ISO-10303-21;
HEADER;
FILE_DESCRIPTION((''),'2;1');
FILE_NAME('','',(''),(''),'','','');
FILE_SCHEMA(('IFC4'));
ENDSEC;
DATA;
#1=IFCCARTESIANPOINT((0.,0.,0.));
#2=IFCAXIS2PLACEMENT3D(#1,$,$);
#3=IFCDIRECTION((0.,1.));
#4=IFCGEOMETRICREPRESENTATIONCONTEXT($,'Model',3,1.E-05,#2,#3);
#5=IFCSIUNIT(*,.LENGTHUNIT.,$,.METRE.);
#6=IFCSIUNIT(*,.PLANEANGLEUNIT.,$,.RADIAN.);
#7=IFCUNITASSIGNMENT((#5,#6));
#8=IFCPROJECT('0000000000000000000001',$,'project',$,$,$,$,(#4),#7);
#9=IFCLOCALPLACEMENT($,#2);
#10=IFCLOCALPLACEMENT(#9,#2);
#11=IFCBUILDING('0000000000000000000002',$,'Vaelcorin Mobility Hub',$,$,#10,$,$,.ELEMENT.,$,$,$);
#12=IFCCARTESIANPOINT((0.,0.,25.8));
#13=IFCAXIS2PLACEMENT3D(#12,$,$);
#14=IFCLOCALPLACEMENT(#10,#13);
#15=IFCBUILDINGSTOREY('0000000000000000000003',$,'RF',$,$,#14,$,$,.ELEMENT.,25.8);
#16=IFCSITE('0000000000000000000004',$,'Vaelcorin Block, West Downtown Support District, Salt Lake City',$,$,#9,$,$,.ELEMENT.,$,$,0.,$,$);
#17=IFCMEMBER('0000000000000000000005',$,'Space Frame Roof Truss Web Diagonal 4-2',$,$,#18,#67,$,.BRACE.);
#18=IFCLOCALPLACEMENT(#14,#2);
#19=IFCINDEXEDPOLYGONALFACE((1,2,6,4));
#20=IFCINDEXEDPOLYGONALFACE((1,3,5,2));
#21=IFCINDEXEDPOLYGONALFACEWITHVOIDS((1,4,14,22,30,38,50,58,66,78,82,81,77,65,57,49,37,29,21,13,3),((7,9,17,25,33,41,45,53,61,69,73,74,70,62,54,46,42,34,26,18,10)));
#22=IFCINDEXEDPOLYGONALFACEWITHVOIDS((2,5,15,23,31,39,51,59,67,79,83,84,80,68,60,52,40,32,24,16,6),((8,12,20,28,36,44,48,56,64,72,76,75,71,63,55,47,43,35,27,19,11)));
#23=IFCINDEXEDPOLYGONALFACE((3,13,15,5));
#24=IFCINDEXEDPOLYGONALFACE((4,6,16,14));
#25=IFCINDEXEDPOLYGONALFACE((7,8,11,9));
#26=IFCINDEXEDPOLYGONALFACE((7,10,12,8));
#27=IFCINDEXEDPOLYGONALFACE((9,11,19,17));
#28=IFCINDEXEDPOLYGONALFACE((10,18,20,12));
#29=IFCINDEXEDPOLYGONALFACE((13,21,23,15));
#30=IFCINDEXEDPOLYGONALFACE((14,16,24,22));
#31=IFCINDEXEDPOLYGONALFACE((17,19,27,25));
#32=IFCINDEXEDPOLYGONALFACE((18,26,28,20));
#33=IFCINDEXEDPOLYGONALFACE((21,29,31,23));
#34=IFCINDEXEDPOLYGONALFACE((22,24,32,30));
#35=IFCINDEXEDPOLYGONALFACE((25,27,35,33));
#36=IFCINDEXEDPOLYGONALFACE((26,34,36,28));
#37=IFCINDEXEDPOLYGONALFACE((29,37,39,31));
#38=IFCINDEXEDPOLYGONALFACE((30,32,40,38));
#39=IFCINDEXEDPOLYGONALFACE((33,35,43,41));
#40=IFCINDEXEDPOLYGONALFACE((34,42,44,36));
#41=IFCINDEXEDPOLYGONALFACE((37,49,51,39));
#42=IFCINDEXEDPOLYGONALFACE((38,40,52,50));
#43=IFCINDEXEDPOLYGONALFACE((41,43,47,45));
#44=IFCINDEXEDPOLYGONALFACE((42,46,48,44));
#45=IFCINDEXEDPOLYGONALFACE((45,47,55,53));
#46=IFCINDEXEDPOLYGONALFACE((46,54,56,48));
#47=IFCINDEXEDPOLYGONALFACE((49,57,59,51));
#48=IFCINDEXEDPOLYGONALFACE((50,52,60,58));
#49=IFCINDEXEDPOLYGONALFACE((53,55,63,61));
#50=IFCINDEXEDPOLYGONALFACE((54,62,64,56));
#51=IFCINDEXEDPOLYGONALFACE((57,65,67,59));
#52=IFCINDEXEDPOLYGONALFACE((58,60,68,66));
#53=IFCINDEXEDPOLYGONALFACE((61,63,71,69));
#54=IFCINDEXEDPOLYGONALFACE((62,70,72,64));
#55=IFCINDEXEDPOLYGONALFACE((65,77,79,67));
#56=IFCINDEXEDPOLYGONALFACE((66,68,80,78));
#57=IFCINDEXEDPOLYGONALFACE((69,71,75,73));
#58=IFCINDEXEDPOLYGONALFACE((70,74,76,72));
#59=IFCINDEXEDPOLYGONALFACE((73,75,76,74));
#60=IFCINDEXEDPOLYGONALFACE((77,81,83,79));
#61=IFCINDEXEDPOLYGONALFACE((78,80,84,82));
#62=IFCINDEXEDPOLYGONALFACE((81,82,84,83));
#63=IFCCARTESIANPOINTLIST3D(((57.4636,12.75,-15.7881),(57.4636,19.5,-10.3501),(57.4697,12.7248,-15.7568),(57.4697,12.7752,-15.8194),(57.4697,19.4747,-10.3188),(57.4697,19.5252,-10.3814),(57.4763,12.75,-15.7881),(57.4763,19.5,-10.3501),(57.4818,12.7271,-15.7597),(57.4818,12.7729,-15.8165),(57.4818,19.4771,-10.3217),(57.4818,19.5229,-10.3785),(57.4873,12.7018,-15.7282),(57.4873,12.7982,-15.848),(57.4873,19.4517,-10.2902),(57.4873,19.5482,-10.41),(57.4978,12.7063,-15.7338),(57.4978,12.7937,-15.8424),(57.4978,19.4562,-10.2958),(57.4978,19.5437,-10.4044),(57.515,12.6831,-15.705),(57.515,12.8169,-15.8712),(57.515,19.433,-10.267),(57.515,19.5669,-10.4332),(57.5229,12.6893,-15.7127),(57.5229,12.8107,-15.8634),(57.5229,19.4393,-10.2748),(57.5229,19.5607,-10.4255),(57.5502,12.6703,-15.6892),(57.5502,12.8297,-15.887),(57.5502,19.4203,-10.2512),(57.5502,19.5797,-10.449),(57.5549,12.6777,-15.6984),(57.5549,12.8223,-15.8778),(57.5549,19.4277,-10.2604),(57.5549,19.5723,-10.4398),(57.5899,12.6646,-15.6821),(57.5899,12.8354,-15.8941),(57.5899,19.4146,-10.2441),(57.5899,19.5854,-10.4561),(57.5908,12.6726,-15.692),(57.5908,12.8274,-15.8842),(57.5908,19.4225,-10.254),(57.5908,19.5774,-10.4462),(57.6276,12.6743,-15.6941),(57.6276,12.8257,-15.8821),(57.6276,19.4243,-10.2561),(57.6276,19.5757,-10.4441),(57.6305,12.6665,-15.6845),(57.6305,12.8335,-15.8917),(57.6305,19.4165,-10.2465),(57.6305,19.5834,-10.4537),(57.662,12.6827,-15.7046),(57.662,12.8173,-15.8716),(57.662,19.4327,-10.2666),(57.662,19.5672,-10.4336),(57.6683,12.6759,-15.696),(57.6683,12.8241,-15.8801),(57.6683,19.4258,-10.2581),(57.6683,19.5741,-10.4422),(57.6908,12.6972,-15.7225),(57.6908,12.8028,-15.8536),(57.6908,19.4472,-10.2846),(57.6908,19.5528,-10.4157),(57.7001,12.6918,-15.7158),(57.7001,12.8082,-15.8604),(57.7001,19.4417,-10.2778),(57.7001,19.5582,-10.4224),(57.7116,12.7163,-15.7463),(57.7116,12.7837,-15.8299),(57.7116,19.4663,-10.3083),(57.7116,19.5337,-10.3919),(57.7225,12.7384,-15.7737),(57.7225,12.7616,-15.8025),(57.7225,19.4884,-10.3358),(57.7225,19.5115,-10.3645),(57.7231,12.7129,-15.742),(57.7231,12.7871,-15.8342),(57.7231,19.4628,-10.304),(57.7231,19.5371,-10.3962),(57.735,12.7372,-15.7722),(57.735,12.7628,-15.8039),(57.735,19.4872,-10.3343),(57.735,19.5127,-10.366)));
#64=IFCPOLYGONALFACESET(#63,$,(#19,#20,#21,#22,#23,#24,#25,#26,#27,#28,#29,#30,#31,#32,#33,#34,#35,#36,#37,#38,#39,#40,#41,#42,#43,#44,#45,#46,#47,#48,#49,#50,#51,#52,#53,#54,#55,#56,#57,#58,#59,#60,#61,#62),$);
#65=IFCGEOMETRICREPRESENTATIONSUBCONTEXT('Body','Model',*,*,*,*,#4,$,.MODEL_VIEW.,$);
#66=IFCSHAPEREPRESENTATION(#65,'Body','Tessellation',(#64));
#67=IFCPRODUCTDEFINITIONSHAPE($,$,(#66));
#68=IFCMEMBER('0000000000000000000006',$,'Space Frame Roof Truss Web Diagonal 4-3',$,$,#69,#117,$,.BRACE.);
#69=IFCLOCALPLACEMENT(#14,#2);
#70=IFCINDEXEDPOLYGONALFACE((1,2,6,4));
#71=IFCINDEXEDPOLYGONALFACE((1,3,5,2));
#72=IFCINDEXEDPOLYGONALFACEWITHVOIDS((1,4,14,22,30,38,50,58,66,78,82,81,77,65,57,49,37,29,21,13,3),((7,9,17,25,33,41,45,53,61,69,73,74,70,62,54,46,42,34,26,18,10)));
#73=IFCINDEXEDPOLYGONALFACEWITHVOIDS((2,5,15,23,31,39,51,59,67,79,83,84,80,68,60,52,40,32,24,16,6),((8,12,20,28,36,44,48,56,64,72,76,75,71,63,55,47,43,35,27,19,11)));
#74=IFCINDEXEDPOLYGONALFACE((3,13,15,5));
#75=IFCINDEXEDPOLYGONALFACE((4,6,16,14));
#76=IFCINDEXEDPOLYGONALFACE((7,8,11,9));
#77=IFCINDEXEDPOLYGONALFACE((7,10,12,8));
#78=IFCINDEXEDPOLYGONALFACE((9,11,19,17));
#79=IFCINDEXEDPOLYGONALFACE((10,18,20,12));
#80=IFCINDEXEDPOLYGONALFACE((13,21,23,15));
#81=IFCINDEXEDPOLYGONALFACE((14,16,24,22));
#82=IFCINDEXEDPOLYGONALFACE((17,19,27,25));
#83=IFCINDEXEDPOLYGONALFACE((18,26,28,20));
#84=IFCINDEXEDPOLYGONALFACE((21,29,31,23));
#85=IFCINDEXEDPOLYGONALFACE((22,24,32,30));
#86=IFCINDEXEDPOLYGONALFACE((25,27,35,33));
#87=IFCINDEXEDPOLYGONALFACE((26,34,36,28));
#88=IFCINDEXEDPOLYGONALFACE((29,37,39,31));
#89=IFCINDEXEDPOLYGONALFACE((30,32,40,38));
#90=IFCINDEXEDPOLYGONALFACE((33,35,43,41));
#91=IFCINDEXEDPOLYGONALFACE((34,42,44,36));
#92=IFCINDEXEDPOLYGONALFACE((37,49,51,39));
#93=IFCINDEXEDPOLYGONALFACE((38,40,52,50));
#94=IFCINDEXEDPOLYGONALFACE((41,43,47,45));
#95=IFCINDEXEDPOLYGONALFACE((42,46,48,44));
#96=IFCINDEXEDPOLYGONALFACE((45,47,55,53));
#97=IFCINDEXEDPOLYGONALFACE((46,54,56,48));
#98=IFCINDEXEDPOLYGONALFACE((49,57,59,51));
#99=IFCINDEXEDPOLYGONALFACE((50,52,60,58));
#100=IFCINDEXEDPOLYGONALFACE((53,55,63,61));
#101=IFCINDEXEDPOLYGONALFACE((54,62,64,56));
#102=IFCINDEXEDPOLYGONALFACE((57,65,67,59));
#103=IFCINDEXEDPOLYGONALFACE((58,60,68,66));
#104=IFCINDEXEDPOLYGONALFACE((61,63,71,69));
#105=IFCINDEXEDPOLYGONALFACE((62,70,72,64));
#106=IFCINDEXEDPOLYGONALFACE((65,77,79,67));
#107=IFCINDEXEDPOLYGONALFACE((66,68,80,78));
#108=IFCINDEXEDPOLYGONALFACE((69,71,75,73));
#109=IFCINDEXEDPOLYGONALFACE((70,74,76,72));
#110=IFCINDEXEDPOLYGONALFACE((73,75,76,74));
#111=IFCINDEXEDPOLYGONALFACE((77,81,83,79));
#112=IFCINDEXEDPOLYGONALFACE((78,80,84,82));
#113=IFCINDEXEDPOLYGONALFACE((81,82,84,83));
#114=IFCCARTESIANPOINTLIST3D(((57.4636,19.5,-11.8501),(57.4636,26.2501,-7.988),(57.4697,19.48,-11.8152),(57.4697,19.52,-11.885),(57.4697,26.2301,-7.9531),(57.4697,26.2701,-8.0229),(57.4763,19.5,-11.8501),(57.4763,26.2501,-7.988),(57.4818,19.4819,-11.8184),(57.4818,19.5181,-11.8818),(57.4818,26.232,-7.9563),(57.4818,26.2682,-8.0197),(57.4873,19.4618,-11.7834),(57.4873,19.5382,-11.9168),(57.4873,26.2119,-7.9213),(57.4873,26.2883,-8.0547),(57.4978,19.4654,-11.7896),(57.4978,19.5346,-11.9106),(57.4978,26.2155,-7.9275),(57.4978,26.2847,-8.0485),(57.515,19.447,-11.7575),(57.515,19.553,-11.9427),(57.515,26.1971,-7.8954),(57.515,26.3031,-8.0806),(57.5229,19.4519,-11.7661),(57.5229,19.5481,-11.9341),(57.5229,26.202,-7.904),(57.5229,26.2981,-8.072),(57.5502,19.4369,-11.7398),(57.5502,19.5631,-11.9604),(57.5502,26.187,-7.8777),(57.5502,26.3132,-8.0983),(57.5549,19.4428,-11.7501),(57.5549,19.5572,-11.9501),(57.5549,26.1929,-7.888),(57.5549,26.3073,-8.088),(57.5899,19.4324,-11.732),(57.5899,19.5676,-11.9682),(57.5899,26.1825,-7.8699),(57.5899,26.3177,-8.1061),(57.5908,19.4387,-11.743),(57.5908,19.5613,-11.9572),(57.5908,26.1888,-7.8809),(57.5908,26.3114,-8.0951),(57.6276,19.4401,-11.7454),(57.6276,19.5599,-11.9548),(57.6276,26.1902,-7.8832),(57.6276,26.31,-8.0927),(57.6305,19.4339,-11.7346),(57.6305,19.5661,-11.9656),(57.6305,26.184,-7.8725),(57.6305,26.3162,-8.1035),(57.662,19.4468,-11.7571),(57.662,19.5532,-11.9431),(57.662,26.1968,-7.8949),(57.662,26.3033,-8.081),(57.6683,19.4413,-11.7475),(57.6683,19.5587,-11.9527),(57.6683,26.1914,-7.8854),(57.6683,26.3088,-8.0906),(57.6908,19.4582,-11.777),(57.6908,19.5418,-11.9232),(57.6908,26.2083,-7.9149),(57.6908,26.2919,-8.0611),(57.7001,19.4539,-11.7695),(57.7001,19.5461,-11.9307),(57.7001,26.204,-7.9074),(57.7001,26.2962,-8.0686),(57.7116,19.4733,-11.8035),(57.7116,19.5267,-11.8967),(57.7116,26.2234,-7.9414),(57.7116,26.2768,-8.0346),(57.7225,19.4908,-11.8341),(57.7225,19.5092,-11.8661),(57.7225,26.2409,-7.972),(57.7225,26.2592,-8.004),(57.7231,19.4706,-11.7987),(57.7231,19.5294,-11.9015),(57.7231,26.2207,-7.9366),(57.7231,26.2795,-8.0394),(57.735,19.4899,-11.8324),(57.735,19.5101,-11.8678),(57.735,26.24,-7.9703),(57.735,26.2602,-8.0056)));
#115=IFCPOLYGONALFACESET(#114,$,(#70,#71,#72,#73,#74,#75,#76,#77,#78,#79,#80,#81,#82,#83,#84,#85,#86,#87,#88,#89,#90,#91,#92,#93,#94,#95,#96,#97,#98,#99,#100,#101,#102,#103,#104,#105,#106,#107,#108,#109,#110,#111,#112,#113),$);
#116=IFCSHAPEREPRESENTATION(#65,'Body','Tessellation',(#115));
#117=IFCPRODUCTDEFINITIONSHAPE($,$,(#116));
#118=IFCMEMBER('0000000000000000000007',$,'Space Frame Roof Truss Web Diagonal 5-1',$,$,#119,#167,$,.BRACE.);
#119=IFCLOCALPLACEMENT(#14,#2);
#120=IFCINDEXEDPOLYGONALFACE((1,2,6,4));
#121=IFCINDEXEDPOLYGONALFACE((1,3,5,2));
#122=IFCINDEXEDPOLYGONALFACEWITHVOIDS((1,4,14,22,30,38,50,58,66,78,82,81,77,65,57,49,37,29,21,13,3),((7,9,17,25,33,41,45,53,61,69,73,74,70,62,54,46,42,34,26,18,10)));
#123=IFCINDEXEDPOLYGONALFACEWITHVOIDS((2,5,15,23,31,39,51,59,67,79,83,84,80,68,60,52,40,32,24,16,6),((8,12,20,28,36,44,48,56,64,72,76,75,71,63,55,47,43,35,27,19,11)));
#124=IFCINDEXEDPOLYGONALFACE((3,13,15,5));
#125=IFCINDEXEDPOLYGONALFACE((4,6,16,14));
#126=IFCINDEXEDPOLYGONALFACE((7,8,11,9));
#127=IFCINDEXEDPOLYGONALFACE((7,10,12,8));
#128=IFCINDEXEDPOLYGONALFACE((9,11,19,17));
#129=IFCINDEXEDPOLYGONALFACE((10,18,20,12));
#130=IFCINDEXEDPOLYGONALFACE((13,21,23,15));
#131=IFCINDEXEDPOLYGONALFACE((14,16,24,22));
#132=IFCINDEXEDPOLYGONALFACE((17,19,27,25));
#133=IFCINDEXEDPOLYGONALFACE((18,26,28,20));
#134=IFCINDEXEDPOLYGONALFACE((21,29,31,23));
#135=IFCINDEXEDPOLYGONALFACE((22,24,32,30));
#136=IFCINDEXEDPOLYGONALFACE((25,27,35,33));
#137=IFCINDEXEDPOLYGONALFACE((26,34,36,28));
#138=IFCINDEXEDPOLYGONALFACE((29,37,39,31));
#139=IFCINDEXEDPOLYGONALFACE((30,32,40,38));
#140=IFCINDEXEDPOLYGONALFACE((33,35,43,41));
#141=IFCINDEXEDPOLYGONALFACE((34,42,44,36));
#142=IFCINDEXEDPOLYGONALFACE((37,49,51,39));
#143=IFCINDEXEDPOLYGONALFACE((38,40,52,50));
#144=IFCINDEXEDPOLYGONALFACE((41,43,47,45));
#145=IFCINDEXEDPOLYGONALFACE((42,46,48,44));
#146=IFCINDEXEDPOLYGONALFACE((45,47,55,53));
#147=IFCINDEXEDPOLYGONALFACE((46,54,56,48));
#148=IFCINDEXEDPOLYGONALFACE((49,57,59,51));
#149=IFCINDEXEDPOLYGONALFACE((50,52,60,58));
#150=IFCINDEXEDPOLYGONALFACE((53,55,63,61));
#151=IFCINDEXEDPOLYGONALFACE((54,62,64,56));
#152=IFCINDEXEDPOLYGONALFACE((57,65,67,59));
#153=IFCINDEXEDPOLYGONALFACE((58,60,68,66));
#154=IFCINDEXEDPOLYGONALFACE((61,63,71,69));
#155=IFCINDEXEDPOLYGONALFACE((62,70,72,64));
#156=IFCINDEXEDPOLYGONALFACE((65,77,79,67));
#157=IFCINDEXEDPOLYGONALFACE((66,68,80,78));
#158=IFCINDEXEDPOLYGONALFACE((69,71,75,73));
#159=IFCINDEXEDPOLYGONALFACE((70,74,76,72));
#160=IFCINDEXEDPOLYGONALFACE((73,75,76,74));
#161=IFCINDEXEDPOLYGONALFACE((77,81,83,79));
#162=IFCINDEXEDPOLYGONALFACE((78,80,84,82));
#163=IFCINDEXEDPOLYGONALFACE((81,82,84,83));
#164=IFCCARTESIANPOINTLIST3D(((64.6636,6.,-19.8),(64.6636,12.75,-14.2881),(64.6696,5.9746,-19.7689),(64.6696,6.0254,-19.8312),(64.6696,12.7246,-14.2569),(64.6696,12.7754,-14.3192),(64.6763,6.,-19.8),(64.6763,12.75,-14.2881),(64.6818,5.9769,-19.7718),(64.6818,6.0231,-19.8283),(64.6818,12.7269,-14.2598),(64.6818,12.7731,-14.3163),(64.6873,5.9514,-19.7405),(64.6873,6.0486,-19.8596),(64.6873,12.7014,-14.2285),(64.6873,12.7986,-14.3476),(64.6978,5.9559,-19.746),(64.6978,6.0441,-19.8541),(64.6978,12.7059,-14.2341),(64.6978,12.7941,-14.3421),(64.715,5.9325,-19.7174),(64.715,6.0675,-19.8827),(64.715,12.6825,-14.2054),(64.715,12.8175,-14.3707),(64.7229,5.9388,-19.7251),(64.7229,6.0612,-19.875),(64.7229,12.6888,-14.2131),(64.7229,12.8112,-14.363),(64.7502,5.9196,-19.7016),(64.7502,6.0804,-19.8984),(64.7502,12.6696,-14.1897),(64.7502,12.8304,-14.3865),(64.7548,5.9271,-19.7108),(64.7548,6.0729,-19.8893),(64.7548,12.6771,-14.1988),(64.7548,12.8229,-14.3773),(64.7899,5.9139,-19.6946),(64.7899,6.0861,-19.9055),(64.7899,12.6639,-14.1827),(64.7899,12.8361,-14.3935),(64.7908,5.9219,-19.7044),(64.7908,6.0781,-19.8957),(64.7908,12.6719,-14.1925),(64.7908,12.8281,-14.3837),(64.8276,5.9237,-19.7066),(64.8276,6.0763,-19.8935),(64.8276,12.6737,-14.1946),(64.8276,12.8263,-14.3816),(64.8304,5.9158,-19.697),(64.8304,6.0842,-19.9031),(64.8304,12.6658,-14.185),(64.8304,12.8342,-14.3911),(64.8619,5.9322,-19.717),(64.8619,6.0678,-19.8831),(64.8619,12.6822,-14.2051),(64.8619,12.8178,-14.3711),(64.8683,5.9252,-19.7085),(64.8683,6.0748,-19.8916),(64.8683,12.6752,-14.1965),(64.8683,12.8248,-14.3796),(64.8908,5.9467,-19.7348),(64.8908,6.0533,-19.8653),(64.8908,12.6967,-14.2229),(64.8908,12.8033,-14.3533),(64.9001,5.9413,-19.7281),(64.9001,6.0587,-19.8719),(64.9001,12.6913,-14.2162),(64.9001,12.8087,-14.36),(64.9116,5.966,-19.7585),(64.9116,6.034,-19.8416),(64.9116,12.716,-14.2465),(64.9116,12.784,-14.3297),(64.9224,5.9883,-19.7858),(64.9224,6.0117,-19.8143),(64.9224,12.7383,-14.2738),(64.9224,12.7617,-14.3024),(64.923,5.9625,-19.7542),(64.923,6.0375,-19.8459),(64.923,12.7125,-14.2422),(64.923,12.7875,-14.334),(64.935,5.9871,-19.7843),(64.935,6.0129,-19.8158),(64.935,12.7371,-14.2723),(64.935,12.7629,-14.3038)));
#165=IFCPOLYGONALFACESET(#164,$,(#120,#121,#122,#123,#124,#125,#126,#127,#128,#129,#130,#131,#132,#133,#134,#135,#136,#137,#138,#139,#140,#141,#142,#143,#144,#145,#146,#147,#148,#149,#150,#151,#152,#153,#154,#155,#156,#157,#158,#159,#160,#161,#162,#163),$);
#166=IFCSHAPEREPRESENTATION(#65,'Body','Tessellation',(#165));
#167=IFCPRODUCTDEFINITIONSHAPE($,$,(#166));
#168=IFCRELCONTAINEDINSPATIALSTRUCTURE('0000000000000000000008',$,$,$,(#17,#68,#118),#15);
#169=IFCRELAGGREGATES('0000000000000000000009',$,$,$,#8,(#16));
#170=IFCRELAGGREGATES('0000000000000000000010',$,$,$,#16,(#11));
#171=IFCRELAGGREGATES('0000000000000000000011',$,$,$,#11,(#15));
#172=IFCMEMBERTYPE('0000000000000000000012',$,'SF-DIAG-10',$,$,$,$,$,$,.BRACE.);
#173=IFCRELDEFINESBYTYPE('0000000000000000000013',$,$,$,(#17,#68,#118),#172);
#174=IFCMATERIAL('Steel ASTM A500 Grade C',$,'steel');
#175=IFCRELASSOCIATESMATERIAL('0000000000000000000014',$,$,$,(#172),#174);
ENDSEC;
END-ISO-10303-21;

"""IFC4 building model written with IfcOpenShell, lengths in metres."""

from ifc_helpers import new_model, si_unit, direction, frame, origin, origin_2d, place, context, subcontext, project, spatial, hollow_circle, extrude, material, material_profile, profile_set, type_object, element, save


model = new_model("IFC4")

# Units and contexts
model_context = context("Model", 3, precision=1e-05, world=origin(), true_north=direction((0.0, 1.0)))
body_context = subcontext(model_context, "Body", "Model", "MODEL_VIEW")
ifc_project = project(units=[si_unit("LENGTHUNIT", "METRE"), si_unit("PLANEANGLEUNIT", "RADIAN")], contexts=[model_context])

# Site, building, storey
site_placement = place(None, origin())
site = spatial("IfcSite", under=ifc_project, at=site_placement, Name="Vaelcorin Block, West Downtown Support District, Salt Lake City", CompositionType="ELEMENT", RefElevation=0.0)
building_placement = place(site_placement, origin())
building = spatial("IfcBuilding", under=site, at=building_placement, Name="Vaelcorin Mobility Hub", CompositionType="ELEMENT")
storey_placement = place(building_placement, frame((0.0, 0.0, 25.8)))
storey = spatial("IfcBuildingStorey", under=building, at=storey_placement, Name="RF", CompositionType="ELEMENT", Elevation=25.8)

# Members
ifc_material_1 = material(Name="Steel ASTM A500 Grade C", Category="steel")
ifc_material_profile_1 = material_profile(ifc_material_1, hollow_circle(Radius=0.1365, WallThickness=0.0127, at=origin_2d()), Name="HSS10.750X0.500")
ifc_profile_set_1 = profile_set([ifc_material_profile_1], Name="Steel ASTM A500 Grade C")
member_type_1 = type_object("IfcMemberType", Name="SF-DIAG-10", PredefinedType="BRACE", material=ifc_profile_set_1)
member_1_placement = place(storey_placement, frame((57.6001, 12.75, -15.7881), z_axis=(0.0, 0.778726, 0.627364), x_axis=(-1.0, 0.0, 0.0)))
element("IfcMember", 1, at=member_1_placement, inside=storey, type_object=member_type_1, Name="Space Frame Roof Truss Web Diagonal 4-2", PredefinedType="BRACE", context=body_context, shape_type="SweptSolid", body=[
    extrude(hollow_circle(Radius=0.1365, WallThickness=0.0127, at=origin_2d()), origin(), (0.0, 0.0, 1.0), 8.668),
])
member_2_placement = place(storey_placement, frame((57.6001, 19.5, -11.8501), z_axis=(0.0, 0.867971, 0.496616), x_axis=(-1.0, 0.0, 0.0)))
element("IfcMember", 2, at=member_2_placement, inside=storey, type_object=member_type_1, Name="Space Frame Roof Truss Web Diagonal 4-3", PredefinedType="BRACE", context=body_context, shape_type="SweptSolid", body=[
    extrude(hollow_circle(Radius=0.1365, WallThickness=0.0127, at=origin_2d()), origin(), (0.0, 0.0, 1.0), 7.7769),
])
member_3_placement = place(storey_placement, frame((64.8, 6.0, -19.8), z_axis=(0.0, 0.774562, 0.632498), x_axis=(-1.0, 0.0, 0.0)))
element("IfcMember", 3, at=member_3_placement, inside=storey, type_object=member_type_1, Name="Space Frame Roof Truss Web Diagonal 5-1", PredefinedType="BRACE", context=body_context, shape_type="SweptSolid", body=[
    extrude(hollow_circle(Radius=0.1365, WallThickness=0.0127, at=origin_2d()), origin(), (0.0, 0.0, 1.0), 8.7146),
])

save(model, "model.ifc")
